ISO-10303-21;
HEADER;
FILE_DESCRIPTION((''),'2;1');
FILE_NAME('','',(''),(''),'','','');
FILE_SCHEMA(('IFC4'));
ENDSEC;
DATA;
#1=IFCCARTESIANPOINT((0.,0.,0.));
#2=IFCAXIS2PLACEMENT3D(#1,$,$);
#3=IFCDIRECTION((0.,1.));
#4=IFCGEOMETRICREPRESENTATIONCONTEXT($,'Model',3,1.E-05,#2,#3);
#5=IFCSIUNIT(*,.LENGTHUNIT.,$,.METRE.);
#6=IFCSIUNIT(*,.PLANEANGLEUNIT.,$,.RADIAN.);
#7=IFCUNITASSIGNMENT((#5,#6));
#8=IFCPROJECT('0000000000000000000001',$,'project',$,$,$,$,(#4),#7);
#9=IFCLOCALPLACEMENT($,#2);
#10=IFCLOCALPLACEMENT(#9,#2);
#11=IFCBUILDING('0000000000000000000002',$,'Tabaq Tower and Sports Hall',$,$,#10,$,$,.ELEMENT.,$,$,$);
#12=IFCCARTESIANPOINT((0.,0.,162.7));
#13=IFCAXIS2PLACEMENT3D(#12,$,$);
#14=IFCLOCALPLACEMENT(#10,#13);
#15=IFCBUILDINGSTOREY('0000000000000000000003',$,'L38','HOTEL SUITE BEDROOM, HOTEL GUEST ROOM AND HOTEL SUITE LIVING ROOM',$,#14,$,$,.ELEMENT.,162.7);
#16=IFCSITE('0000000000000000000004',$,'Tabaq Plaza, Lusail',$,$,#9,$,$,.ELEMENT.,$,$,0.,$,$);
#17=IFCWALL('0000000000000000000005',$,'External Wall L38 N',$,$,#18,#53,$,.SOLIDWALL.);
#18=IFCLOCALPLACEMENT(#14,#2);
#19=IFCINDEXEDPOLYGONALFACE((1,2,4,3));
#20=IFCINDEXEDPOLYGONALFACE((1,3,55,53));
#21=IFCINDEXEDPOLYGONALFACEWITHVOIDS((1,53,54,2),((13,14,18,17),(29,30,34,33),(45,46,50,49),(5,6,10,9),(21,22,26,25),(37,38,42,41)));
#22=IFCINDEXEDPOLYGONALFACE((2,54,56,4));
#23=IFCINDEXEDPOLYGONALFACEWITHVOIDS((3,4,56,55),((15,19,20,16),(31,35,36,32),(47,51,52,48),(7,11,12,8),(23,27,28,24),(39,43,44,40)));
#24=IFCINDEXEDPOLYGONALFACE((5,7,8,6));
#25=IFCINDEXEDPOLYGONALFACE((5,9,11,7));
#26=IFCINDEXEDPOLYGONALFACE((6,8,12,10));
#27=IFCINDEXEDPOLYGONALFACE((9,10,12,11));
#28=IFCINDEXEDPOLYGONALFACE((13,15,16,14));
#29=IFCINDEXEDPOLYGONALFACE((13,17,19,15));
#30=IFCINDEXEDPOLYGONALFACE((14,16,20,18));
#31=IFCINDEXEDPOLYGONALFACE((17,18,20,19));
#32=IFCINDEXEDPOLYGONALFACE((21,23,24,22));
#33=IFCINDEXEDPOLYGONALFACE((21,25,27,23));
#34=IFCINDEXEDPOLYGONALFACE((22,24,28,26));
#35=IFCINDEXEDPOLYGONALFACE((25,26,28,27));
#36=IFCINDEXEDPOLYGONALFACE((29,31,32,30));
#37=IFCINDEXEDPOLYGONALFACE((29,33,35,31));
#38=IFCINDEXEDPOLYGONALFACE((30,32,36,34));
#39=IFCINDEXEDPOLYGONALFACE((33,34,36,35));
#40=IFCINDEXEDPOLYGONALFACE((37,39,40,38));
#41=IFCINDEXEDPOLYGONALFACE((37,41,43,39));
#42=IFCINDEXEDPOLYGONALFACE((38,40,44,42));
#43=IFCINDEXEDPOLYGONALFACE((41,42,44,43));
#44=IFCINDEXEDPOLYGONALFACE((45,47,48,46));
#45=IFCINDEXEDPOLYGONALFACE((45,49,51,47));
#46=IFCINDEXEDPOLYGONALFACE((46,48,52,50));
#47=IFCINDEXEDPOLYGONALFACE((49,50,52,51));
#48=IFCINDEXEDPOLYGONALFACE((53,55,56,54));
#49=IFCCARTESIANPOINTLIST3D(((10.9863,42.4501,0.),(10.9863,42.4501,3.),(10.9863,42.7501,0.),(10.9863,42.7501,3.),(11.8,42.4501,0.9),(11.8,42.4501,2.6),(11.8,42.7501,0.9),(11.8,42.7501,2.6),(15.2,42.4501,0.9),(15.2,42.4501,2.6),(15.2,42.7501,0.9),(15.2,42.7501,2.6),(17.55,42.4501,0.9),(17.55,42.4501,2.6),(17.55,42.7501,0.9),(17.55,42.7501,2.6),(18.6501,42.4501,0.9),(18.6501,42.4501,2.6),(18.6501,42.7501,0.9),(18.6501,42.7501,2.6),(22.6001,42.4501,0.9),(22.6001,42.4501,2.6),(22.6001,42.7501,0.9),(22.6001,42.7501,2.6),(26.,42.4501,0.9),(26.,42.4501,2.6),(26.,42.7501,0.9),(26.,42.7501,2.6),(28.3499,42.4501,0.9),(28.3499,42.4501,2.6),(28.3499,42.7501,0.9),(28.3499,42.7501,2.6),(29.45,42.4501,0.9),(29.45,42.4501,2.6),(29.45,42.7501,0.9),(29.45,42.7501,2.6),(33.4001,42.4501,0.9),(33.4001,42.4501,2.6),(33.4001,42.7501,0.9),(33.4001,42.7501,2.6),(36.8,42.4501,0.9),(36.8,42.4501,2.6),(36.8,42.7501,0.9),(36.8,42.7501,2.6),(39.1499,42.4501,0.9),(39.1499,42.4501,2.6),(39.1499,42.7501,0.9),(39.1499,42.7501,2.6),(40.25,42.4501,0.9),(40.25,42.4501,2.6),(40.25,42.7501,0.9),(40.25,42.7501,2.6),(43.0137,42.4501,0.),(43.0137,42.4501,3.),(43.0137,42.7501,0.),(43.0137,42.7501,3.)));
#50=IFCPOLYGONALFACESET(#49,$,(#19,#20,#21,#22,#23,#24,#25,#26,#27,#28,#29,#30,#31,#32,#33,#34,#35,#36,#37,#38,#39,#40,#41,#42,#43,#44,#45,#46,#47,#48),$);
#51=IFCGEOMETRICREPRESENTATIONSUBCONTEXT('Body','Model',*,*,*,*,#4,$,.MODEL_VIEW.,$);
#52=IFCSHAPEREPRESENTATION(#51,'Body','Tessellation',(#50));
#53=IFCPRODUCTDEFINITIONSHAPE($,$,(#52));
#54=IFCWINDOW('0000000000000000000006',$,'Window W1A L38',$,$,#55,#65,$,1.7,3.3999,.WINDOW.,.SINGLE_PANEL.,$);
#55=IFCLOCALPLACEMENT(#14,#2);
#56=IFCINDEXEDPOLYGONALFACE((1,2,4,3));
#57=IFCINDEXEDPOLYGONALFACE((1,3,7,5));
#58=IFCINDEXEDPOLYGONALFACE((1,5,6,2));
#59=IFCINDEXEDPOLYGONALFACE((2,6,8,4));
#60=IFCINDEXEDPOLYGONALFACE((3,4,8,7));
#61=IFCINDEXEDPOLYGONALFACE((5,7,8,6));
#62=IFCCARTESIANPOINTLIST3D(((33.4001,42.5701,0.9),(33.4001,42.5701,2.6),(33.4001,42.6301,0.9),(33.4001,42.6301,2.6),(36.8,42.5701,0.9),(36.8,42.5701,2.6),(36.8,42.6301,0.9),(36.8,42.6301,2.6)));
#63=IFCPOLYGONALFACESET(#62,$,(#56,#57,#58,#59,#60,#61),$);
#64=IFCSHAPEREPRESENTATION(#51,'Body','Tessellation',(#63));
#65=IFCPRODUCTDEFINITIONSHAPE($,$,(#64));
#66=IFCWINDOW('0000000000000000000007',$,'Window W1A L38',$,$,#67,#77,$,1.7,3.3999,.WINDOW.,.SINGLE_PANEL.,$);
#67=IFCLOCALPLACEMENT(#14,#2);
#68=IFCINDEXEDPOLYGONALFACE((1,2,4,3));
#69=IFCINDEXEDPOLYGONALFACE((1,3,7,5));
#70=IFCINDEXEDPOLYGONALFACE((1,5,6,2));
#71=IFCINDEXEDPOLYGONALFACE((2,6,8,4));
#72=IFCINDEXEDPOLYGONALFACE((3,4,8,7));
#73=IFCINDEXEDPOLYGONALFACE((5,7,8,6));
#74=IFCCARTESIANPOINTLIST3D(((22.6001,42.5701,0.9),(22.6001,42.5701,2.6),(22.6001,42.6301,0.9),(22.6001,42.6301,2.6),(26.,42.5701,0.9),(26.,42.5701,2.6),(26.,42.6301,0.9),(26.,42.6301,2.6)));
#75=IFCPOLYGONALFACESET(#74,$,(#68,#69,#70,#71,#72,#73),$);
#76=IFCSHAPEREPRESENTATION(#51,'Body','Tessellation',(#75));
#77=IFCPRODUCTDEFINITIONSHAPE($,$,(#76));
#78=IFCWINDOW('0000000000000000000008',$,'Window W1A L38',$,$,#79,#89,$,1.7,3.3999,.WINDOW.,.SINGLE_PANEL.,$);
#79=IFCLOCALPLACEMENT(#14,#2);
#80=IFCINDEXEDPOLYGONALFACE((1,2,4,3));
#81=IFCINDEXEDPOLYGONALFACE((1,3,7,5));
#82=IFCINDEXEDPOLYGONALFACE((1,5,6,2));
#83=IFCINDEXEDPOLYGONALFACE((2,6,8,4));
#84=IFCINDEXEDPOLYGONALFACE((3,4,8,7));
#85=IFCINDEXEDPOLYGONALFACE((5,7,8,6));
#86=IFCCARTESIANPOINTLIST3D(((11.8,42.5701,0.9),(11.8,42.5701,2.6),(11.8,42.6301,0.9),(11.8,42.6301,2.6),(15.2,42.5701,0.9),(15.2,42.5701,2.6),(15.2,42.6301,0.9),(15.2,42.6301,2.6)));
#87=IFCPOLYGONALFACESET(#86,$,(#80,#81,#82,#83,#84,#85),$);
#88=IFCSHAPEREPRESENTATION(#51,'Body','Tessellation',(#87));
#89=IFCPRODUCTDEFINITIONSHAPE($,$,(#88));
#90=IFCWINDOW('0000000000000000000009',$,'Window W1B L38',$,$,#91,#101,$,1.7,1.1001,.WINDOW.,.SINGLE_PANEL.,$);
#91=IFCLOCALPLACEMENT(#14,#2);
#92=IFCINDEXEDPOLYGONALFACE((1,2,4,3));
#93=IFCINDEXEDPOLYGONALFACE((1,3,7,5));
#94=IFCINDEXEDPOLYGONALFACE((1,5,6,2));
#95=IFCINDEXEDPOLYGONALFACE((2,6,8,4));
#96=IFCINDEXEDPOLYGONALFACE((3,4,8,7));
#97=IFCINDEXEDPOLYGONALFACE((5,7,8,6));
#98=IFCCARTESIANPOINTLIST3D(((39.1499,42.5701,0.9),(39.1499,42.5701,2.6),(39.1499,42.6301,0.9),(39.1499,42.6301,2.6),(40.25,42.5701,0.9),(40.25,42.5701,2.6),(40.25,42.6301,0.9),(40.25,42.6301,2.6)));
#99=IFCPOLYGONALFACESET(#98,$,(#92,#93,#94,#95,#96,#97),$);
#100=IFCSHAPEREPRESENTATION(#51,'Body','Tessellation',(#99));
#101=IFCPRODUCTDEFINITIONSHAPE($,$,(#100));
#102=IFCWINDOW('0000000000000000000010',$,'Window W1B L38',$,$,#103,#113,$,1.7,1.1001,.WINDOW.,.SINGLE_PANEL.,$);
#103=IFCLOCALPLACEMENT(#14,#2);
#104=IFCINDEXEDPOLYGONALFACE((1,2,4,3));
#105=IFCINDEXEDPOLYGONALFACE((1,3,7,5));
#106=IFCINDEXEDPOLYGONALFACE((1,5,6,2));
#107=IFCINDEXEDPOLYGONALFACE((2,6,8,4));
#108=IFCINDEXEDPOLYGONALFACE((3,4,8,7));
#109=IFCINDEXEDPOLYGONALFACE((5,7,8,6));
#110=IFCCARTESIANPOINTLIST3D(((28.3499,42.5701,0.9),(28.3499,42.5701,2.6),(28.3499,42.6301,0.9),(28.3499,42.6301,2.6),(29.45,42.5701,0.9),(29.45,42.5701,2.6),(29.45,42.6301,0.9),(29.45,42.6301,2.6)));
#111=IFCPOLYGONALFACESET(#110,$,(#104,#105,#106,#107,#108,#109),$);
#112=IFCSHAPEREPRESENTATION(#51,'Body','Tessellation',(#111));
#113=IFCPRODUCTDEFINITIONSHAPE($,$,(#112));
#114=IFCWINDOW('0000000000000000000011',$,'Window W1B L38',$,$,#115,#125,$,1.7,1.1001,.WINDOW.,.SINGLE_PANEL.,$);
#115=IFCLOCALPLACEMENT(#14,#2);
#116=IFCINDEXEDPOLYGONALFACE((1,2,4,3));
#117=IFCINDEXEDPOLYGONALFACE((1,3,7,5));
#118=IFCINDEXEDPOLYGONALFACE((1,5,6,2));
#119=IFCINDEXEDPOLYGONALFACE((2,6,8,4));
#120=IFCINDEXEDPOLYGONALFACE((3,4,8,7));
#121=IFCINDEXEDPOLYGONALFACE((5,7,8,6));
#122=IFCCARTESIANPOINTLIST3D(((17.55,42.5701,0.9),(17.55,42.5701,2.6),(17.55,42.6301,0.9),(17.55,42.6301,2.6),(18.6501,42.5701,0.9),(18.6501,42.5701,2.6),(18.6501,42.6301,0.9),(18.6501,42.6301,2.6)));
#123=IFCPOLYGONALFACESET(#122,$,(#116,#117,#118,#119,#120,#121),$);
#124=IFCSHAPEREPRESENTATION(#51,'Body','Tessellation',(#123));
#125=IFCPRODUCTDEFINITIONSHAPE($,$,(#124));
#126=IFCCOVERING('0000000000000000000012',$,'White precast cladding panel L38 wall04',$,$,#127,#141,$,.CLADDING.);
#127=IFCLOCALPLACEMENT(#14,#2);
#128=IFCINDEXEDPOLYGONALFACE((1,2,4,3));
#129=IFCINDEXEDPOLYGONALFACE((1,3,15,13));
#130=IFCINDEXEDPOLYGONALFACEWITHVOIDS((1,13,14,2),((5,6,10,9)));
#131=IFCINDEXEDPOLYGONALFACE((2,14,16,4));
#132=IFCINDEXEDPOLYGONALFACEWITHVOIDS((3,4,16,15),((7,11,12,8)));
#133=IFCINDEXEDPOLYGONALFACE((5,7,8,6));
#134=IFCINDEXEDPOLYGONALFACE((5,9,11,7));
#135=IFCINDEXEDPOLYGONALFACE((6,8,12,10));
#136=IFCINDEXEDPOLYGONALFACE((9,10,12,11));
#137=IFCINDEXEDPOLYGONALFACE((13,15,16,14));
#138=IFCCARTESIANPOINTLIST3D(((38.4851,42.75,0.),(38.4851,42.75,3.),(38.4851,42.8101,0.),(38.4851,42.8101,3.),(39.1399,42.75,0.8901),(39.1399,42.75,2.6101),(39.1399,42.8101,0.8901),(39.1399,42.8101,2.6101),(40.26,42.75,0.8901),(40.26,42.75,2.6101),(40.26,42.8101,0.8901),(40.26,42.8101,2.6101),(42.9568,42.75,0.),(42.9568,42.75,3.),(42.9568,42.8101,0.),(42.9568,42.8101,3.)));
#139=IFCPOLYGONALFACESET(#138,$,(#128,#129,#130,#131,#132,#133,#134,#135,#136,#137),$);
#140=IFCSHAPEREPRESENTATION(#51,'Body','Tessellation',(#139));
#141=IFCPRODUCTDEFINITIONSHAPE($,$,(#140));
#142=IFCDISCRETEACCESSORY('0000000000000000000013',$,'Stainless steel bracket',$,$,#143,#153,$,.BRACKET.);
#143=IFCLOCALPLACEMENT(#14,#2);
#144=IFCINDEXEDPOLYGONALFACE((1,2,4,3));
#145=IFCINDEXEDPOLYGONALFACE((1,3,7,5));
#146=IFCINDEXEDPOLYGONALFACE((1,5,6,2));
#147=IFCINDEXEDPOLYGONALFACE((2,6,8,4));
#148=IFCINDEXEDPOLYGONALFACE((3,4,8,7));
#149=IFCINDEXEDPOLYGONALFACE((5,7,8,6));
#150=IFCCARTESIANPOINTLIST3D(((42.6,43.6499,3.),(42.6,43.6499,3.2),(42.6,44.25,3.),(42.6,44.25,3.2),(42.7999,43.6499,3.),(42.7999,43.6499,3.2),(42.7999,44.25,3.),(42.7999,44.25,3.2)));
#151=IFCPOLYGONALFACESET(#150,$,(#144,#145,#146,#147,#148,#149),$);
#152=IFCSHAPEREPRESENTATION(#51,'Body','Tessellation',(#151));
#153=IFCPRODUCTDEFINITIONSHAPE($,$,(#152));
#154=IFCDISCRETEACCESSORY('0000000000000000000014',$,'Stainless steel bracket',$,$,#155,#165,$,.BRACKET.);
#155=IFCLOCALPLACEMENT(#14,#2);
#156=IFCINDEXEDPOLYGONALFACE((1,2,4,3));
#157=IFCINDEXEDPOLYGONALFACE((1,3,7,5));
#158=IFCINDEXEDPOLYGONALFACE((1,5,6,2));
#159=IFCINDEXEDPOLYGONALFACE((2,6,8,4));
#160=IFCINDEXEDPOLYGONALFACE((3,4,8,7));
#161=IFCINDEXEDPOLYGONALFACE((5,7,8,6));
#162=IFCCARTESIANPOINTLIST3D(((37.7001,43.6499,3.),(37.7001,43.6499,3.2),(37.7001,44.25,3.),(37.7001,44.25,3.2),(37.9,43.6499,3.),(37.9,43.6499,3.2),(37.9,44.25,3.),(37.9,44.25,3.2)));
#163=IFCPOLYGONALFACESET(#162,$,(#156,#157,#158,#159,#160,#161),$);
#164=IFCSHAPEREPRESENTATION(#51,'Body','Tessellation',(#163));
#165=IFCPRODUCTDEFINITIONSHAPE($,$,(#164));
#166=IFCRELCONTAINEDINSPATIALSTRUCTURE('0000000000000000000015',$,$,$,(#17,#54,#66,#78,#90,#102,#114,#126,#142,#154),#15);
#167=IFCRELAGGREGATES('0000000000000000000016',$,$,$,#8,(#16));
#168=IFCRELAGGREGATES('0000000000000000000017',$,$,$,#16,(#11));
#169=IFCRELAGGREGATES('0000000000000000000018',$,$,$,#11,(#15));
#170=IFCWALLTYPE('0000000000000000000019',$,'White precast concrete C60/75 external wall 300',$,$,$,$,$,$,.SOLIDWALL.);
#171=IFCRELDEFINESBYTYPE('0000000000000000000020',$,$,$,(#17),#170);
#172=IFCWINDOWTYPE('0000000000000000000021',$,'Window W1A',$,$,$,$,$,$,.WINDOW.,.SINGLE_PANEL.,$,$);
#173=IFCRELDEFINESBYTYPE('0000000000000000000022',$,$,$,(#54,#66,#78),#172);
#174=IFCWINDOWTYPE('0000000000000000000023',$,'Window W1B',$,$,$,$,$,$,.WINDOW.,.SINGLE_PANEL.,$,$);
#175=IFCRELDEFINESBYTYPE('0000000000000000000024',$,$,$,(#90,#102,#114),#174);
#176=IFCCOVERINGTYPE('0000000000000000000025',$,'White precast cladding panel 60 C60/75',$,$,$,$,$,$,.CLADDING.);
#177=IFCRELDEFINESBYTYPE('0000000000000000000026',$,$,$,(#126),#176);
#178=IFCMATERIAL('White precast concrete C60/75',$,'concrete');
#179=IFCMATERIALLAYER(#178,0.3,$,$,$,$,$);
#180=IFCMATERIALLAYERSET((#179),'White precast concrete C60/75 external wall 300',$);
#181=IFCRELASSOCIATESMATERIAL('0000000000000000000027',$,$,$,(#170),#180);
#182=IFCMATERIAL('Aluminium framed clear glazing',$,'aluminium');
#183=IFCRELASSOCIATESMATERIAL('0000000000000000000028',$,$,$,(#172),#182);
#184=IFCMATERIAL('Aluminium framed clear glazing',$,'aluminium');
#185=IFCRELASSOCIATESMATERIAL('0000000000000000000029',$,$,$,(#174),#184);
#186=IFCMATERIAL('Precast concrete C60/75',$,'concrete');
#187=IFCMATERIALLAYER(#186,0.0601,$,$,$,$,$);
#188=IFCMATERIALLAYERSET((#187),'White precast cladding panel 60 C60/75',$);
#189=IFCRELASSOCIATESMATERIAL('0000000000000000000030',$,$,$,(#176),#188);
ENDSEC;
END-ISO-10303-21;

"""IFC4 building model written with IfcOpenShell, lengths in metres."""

from ifc_helpers import new_model, si_unit, direction, frame, frame_2d, origin, origin_2d, place, context, subcontext, project, spatial, polyline, rectangle, outline, extrude, material, layer, layer_set, type_object, element, fill, save


model = new_model("IFC4")

# Units and contexts
model_context = context("Model", 3, precision=1e-05, world=origin(), true_north=direction((0.0, 1.0)))
body_context = subcontext(model_context, "Body", "Model", "MODEL_VIEW")
ifc_project = project(units=[si_unit("LENGTHUNIT", "METRE"), si_unit("PLANEANGLEUNIT", "RADIAN")], contexts=[model_context])

# Site, building, storey
site_placement = place(None, origin())
site = spatial("IfcSite", under=ifc_project, at=site_placement, Name="Tabaq Plaza, Lusail", CompositionType="ELEMENT", RefElevation=0.0)
building_placement = place(site_placement, origin())
building = spatial("IfcBuilding", under=site, at=building_placement, Name="Tabaq Tower and Sports Hall", CompositionType="ELEMENT")
storey_placement = place(building_placement, frame((0.0, 0.0, 162.7)))
storey = spatial("IfcBuildingStorey", under=building, at=storey_placement, Name="L38", Description="HOTEL SUITE BEDROOM, HOTEL GUEST ROOM AND HOTEL SUITE LIVING ROOM", CompositionType="ELEMENT", Elevation=162.7)

# Wall, openings, windows
ifc_material_1 = material(Name="White precast concrete C60/75", Category="concrete")
ifc_layer_1 = layer(ifc_material_1, 0.3)
ifc_layer_set_1 = layer_set([ifc_layer_1], Name="White precast concrete C60/75 external wall 300")
wall_type_1 = type_object("IfcWallType", Name="White precast concrete C60/75 external wall 300", PredefinedType="SOLIDWALL", material=ifc_layer_set_1)
wall_1_placement = place(storey_placement, frame((43.0137, 42.6001, 0.0), z_axis=(0.0, 0.0, 1.0), x_axis=(-1.0, 0.0, 0.0)))
wall_1 = element("IfcWall", 1, at=wall_1_placement, inside=storey, type_object=wall_type_1, Name="External Wall L38 N", PredefinedType="SOLIDWALL", context=body_context, shape_type="SweptSolid", body=[
    extrude(rectangle(XDim=32.0273, YDim=0.3, at=frame_2d((16.0137, 0.0))), origin(), (0.0, 0.0, 1.0), 3.0),
])
opening_1_placement = place(wall_1_placement, frame((2.7637, 0.0, 0.8999)))
opening_1 = element("IfcOpeningElement", 2, at=opening_1_placement, cuts=wall_1, PredefinedType="OPENING", context=body_context, shape_type="SweptSolid", body=[
    extrude(rectangle(XDim=1.1001, YDim=1.7, at=frame_2d((0.55, 0.8501))), frame((0.0, 0.1602, 0.0), z_axis=(0.0, -1.0, 0.0), x_axis=(1.0, 0.0, 0.0)), (0.0, 0.0, 1.0), 0.3201),
])
opening_2_placement = place(wall_1_placement, frame((6.2136, 0.0, 0.8999)))
opening_2 = element("IfcOpeningElement", 3, at=opening_2_placement, cuts=wall_1, PredefinedType="OPENING", context=body_context, shape_type="SweptSolid", body=[
    extrude(rectangle(XDim=3.3999, YDim=1.7, at=frame_2d((1.7, 0.8501))), frame((0.0, 0.1602, 0.0), z_axis=(0.0, -1.0, 0.0), x_axis=(1.0, 0.0, 0.0)), (0.0, 0.0, 1.0), 0.3201),
])
opening_3_placement = place(wall_1_placement, frame((13.5637, 0.0, 0.8999)))
opening_3 = element("IfcOpeningElement", 4, at=opening_3_placement, cuts=wall_1, PredefinedType="OPENING", context=body_context, shape_type="SweptSolid", body=[
    extrude(rectangle(XDim=1.1001, YDim=1.7, at=frame_2d((0.55, 0.8501))), frame((0.0, 0.1602, 0.0), z_axis=(0.0, -1.0, 0.0), x_axis=(1.0, 0.0, 0.0)), (0.0, 0.0, 1.0), 0.3201),
])
opening_4_placement = place(wall_1_placement, frame((17.0137, 0.0, 0.8999)))
opening_4 = element("IfcOpeningElement", 5, at=opening_4_placement, cuts=wall_1, PredefinedType="OPENING", context=body_context, shape_type="SweptSolid", body=[
    extrude(rectangle(XDim=3.3999, YDim=1.7, at=frame_2d((1.7, 0.8501))), frame((0.0, 0.1602, 0.0), z_axis=(0.0, -1.0, 0.0), x_axis=(1.0, 0.0, 0.0)), (0.0, 0.0, 1.0), 0.3201),
])
opening_5_placement = place(wall_1_placement, frame((24.3635, 0.0, 0.8999)))
opening_5 = element("IfcOpeningElement", 6, at=opening_5_placement, cuts=wall_1, PredefinedType="OPENING", context=body_context, shape_type="SweptSolid", body=[
    extrude(rectangle(XDim=1.1001, YDim=1.7, at=frame_2d((0.55, 0.8501))), frame((0.0, 0.1602, 0.0), z_axis=(0.0, -1.0, 0.0), x_axis=(1.0, 0.0, 0.0)), (0.0, 0.0, 1.0), 0.3201),
])
opening_6_placement = place(wall_1_placement, frame((27.8137, 0.0, 0.8999)))
opening_6 = element("IfcOpeningElement", 7, at=opening_6_placement, cuts=wall_1, PredefinedType="OPENING", context=body_context, shape_type="SweptSolid", body=[
    extrude(rectangle(XDim=3.3999, YDim=1.7, at=frame_2d((1.7, 0.8501))), frame((0.0, 0.1602, 0.0), z_axis=(0.0, -1.0, 0.0), x_axis=(1.0, 0.0, 0.0)), (0.0, 0.0, 1.0), 0.3201),
])
ifc_material_2 = material(Name="Aluminium framed clear glazing", Category="aluminium")
window_type_1 = type_object("IfcWindowType", Name="Window W1A", PartitioningType="SINGLE_PANEL", PredefinedType="WINDOW", material=ifc_material_2)
window_1_placement = place(opening_2_placement, origin())
window_1 = element("IfcWindow", 8, at=window_1_placement, inside=storey, type_object=window_type_1, Name="Window W1A L38", OverallHeight=1.7, OverallWidth=3.3999, PartitioningType="SINGLE_PANEL", PredefinedType="WINDOW", context=body_context, shape_type="SweptSolid", body=[
    extrude(rectangle(XDim=3.3999, YDim=1.7, at=frame_2d((1.7, 0.8501))), frame((0.0, 0.03, 0.0), z_axis=(0.0, -1.0, 0.0), x_axis=(1.0, 0.0, 0.0)), (0.0, 0.0, 1.0), 0.0601),
])
fill(opening_2, window_1)
window_2_placement = place(opening_4_placement, origin())
window_2 = element("IfcWindow", 9, at=window_2_placement, inside=storey, type_object=window_type_1, Name="Window W1A L38", OverallHeight=1.7, OverallWidth=3.3999, PartitioningType="SINGLE_PANEL", PredefinedType="WINDOW", context=body_context, shape_type="SweptSolid", body=[
    extrude(rectangle(XDim=3.3999, YDim=1.7, at=frame_2d((1.7, 0.8501))), frame((0.0, 0.03, 0.0), z_axis=(0.0, -1.0, 0.0), x_axis=(1.0, 0.0, 0.0)), (0.0, 0.0, 1.0), 0.0601),
])
fill(opening_4, window_2)
window_3_placement = place(opening_6_placement, origin())
window_3 = element("IfcWindow", 10, at=window_3_placement, inside=storey, type_object=window_type_1, Name="Window W1A L38", OverallHeight=1.7, OverallWidth=3.3999, PartitioningType="SINGLE_PANEL", PredefinedType="WINDOW", context=body_context, shape_type="SweptSolid", body=[
    extrude(rectangle(XDim=3.3999, YDim=1.7, at=frame_2d((1.7, 0.8501))), frame((0.0, 0.03, 0.0), z_axis=(0.0, -1.0, 0.0), x_axis=(1.0, 0.0, 0.0)), (0.0, 0.0, 1.0), 0.0601),
])
fill(opening_6, window_3)
ifc_material_3 = material(Name="Aluminium framed clear glazing", Category="aluminium")
window_type_2 = type_object("IfcWindowType", Name="Window W1B", PartitioningType="SINGLE_PANEL", PredefinedType="WINDOW", material=ifc_material_3)
window_4_placement = place(opening_1_placement, origin())
window_4 = element("IfcWindow", 11, at=window_4_placement, inside=storey, type_object=window_type_2, Name="Window W1B L38", OverallHeight=1.7, OverallWidth=1.1001, PartitioningType="SINGLE_PANEL", PredefinedType="WINDOW", context=body_context, shape_type="SweptSolid", body=[
    extrude(rectangle(XDim=1.1001, YDim=1.7, at=frame_2d((0.55, 0.8501))), frame((0.0, 0.03, 0.0), z_axis=(0.0, -1.0, 0.0), x_axis=(1.0, 0.0, 0.0)), (0.0, 0.0, 1.0), 0.0601),
])
fill(opening_1, window_4)
window_5_placement = place(opening_3_placement, origin())
window_5 = element("IfcWindow", 12, at=window_5_placement, inside=storey, type_object=window_type_2, Name="Window W1B L38", OverallHeight=1.7, OverallWidth=1.1001, PartitioningType="SINGLE_PANEL", PredefinedType="WINDOW", context=body_context, shape_type="SweptSolid", body=[
    extrude(rectangle(XDim=1.1001, YDim=1.7, at=frame_2d((0.55, 0.8501))), frame((0.0, 0.03, 0.0), z_axis=(0.0, -1.0, 0.0), x_axis=(1.0, 0.0, 0.0)), (0.0, 0.0, 1.0), 0.0601),
])
fill(opening_3, window_5)
window_6_placement = place(opening_5_placement, origin())
window_6 = element("IfcWindow", 13, at=window_6_placement, inside=storey, type_object=window_type_2, Name="Window W1B L38", OverallHeight=1.7, OverallWidth=1.1001, PartitioningType="SINGLE_PANEL", PredefinedType="WINDOW", context=body_context, shape_type="SweptSolid", body=[
    extrude(rectangle(XDim=1.1001, YDim=1.7, at=frame_2d((0.55, 0.8501))), frame((0.0, 0.03, 0.0), z_axis=(0.0, -1.0, 0.0), x_axis=(1.0, 0.0, 0.0)), (0.0, 0.0, 1.0), 0.0601),
])
fill(opening_5, window_6)

# Covering
ifc_material_4 = material(Name="Precast concrete C60/75", Category="concrete")
ifc_layer_2 = layer(ifc_material_4, 0.0601)
ifc_layer_set_2 = layer_set([ifc_layer_2], Name="White precast cladding panel 60 C60/75")
covering_type = type_object("IfcCoveringType", Name="White precast cladding panel 60 C60/75", PredefinedType="CLADDING", material=ifc_layer_set_2)
covering_placement = place(storey_placement, frame((42.9568, 42.78, 0.0), z_axis=(0.0, 0.0, 1.0), x_axis=(-1.0, 0.0, 0.0)))
element("IfcCovering", 14, at=covering_placement, inside=storey, type_object=covering_type, Name="White precast cladding panel L38 wall04", PredefinedType="CLADDING", context=body_context, shape_type="SweptSolid", body=[
    extrude(outline(polyline([(0.0, 0.0), (4.4717, 0.0), (4.4717, 3.0), (0.0, 3.0), (0.0, 0.0)]), holes=[polyline([(2.6968, 0.8901), (2.6968, 2.6101), (3.8169, 2.6101), (3.8169, 0.8901), (2.6968, 0.8901)])]), frame((0.0, 0.03, 0.0), z_axis=(0.0, -1.0, 0.0), x_axis=(1.0, 0.0, 0.0)), (0.0, 0.0, 1.0), 0.0601),
])

# Discrete accessories
for number, where, z_axis, x_axis, name in (
    (15, (42.7, 43.95, 3.0), (0.0, 0.0, 1.0), (0.0, 1.0, 0.0), "Stainless steel bracket"),
    (16, (37.8, 43.95, 3.0), (0.0, 0.0, 1.0), (0.0, 1.0, 0.0), "Stainless steel bracket"),
):
    element("IfcDiscreteAccessory", number, at=place(storey_placement, frame(where, z_axis=z_axis, x_axis=x_axis)), inside=storey, Name=name, PredefinedType="BRACKET", context=body_context, shape_type="SweptSolid", body=[
        extrude(rectangle(XDim=0.6001, YDim=0.2, at=origin_2d()), origin(), (0.0, 0.0, 1.0), 0.2),
    ])

save(model, "model.ifc")
